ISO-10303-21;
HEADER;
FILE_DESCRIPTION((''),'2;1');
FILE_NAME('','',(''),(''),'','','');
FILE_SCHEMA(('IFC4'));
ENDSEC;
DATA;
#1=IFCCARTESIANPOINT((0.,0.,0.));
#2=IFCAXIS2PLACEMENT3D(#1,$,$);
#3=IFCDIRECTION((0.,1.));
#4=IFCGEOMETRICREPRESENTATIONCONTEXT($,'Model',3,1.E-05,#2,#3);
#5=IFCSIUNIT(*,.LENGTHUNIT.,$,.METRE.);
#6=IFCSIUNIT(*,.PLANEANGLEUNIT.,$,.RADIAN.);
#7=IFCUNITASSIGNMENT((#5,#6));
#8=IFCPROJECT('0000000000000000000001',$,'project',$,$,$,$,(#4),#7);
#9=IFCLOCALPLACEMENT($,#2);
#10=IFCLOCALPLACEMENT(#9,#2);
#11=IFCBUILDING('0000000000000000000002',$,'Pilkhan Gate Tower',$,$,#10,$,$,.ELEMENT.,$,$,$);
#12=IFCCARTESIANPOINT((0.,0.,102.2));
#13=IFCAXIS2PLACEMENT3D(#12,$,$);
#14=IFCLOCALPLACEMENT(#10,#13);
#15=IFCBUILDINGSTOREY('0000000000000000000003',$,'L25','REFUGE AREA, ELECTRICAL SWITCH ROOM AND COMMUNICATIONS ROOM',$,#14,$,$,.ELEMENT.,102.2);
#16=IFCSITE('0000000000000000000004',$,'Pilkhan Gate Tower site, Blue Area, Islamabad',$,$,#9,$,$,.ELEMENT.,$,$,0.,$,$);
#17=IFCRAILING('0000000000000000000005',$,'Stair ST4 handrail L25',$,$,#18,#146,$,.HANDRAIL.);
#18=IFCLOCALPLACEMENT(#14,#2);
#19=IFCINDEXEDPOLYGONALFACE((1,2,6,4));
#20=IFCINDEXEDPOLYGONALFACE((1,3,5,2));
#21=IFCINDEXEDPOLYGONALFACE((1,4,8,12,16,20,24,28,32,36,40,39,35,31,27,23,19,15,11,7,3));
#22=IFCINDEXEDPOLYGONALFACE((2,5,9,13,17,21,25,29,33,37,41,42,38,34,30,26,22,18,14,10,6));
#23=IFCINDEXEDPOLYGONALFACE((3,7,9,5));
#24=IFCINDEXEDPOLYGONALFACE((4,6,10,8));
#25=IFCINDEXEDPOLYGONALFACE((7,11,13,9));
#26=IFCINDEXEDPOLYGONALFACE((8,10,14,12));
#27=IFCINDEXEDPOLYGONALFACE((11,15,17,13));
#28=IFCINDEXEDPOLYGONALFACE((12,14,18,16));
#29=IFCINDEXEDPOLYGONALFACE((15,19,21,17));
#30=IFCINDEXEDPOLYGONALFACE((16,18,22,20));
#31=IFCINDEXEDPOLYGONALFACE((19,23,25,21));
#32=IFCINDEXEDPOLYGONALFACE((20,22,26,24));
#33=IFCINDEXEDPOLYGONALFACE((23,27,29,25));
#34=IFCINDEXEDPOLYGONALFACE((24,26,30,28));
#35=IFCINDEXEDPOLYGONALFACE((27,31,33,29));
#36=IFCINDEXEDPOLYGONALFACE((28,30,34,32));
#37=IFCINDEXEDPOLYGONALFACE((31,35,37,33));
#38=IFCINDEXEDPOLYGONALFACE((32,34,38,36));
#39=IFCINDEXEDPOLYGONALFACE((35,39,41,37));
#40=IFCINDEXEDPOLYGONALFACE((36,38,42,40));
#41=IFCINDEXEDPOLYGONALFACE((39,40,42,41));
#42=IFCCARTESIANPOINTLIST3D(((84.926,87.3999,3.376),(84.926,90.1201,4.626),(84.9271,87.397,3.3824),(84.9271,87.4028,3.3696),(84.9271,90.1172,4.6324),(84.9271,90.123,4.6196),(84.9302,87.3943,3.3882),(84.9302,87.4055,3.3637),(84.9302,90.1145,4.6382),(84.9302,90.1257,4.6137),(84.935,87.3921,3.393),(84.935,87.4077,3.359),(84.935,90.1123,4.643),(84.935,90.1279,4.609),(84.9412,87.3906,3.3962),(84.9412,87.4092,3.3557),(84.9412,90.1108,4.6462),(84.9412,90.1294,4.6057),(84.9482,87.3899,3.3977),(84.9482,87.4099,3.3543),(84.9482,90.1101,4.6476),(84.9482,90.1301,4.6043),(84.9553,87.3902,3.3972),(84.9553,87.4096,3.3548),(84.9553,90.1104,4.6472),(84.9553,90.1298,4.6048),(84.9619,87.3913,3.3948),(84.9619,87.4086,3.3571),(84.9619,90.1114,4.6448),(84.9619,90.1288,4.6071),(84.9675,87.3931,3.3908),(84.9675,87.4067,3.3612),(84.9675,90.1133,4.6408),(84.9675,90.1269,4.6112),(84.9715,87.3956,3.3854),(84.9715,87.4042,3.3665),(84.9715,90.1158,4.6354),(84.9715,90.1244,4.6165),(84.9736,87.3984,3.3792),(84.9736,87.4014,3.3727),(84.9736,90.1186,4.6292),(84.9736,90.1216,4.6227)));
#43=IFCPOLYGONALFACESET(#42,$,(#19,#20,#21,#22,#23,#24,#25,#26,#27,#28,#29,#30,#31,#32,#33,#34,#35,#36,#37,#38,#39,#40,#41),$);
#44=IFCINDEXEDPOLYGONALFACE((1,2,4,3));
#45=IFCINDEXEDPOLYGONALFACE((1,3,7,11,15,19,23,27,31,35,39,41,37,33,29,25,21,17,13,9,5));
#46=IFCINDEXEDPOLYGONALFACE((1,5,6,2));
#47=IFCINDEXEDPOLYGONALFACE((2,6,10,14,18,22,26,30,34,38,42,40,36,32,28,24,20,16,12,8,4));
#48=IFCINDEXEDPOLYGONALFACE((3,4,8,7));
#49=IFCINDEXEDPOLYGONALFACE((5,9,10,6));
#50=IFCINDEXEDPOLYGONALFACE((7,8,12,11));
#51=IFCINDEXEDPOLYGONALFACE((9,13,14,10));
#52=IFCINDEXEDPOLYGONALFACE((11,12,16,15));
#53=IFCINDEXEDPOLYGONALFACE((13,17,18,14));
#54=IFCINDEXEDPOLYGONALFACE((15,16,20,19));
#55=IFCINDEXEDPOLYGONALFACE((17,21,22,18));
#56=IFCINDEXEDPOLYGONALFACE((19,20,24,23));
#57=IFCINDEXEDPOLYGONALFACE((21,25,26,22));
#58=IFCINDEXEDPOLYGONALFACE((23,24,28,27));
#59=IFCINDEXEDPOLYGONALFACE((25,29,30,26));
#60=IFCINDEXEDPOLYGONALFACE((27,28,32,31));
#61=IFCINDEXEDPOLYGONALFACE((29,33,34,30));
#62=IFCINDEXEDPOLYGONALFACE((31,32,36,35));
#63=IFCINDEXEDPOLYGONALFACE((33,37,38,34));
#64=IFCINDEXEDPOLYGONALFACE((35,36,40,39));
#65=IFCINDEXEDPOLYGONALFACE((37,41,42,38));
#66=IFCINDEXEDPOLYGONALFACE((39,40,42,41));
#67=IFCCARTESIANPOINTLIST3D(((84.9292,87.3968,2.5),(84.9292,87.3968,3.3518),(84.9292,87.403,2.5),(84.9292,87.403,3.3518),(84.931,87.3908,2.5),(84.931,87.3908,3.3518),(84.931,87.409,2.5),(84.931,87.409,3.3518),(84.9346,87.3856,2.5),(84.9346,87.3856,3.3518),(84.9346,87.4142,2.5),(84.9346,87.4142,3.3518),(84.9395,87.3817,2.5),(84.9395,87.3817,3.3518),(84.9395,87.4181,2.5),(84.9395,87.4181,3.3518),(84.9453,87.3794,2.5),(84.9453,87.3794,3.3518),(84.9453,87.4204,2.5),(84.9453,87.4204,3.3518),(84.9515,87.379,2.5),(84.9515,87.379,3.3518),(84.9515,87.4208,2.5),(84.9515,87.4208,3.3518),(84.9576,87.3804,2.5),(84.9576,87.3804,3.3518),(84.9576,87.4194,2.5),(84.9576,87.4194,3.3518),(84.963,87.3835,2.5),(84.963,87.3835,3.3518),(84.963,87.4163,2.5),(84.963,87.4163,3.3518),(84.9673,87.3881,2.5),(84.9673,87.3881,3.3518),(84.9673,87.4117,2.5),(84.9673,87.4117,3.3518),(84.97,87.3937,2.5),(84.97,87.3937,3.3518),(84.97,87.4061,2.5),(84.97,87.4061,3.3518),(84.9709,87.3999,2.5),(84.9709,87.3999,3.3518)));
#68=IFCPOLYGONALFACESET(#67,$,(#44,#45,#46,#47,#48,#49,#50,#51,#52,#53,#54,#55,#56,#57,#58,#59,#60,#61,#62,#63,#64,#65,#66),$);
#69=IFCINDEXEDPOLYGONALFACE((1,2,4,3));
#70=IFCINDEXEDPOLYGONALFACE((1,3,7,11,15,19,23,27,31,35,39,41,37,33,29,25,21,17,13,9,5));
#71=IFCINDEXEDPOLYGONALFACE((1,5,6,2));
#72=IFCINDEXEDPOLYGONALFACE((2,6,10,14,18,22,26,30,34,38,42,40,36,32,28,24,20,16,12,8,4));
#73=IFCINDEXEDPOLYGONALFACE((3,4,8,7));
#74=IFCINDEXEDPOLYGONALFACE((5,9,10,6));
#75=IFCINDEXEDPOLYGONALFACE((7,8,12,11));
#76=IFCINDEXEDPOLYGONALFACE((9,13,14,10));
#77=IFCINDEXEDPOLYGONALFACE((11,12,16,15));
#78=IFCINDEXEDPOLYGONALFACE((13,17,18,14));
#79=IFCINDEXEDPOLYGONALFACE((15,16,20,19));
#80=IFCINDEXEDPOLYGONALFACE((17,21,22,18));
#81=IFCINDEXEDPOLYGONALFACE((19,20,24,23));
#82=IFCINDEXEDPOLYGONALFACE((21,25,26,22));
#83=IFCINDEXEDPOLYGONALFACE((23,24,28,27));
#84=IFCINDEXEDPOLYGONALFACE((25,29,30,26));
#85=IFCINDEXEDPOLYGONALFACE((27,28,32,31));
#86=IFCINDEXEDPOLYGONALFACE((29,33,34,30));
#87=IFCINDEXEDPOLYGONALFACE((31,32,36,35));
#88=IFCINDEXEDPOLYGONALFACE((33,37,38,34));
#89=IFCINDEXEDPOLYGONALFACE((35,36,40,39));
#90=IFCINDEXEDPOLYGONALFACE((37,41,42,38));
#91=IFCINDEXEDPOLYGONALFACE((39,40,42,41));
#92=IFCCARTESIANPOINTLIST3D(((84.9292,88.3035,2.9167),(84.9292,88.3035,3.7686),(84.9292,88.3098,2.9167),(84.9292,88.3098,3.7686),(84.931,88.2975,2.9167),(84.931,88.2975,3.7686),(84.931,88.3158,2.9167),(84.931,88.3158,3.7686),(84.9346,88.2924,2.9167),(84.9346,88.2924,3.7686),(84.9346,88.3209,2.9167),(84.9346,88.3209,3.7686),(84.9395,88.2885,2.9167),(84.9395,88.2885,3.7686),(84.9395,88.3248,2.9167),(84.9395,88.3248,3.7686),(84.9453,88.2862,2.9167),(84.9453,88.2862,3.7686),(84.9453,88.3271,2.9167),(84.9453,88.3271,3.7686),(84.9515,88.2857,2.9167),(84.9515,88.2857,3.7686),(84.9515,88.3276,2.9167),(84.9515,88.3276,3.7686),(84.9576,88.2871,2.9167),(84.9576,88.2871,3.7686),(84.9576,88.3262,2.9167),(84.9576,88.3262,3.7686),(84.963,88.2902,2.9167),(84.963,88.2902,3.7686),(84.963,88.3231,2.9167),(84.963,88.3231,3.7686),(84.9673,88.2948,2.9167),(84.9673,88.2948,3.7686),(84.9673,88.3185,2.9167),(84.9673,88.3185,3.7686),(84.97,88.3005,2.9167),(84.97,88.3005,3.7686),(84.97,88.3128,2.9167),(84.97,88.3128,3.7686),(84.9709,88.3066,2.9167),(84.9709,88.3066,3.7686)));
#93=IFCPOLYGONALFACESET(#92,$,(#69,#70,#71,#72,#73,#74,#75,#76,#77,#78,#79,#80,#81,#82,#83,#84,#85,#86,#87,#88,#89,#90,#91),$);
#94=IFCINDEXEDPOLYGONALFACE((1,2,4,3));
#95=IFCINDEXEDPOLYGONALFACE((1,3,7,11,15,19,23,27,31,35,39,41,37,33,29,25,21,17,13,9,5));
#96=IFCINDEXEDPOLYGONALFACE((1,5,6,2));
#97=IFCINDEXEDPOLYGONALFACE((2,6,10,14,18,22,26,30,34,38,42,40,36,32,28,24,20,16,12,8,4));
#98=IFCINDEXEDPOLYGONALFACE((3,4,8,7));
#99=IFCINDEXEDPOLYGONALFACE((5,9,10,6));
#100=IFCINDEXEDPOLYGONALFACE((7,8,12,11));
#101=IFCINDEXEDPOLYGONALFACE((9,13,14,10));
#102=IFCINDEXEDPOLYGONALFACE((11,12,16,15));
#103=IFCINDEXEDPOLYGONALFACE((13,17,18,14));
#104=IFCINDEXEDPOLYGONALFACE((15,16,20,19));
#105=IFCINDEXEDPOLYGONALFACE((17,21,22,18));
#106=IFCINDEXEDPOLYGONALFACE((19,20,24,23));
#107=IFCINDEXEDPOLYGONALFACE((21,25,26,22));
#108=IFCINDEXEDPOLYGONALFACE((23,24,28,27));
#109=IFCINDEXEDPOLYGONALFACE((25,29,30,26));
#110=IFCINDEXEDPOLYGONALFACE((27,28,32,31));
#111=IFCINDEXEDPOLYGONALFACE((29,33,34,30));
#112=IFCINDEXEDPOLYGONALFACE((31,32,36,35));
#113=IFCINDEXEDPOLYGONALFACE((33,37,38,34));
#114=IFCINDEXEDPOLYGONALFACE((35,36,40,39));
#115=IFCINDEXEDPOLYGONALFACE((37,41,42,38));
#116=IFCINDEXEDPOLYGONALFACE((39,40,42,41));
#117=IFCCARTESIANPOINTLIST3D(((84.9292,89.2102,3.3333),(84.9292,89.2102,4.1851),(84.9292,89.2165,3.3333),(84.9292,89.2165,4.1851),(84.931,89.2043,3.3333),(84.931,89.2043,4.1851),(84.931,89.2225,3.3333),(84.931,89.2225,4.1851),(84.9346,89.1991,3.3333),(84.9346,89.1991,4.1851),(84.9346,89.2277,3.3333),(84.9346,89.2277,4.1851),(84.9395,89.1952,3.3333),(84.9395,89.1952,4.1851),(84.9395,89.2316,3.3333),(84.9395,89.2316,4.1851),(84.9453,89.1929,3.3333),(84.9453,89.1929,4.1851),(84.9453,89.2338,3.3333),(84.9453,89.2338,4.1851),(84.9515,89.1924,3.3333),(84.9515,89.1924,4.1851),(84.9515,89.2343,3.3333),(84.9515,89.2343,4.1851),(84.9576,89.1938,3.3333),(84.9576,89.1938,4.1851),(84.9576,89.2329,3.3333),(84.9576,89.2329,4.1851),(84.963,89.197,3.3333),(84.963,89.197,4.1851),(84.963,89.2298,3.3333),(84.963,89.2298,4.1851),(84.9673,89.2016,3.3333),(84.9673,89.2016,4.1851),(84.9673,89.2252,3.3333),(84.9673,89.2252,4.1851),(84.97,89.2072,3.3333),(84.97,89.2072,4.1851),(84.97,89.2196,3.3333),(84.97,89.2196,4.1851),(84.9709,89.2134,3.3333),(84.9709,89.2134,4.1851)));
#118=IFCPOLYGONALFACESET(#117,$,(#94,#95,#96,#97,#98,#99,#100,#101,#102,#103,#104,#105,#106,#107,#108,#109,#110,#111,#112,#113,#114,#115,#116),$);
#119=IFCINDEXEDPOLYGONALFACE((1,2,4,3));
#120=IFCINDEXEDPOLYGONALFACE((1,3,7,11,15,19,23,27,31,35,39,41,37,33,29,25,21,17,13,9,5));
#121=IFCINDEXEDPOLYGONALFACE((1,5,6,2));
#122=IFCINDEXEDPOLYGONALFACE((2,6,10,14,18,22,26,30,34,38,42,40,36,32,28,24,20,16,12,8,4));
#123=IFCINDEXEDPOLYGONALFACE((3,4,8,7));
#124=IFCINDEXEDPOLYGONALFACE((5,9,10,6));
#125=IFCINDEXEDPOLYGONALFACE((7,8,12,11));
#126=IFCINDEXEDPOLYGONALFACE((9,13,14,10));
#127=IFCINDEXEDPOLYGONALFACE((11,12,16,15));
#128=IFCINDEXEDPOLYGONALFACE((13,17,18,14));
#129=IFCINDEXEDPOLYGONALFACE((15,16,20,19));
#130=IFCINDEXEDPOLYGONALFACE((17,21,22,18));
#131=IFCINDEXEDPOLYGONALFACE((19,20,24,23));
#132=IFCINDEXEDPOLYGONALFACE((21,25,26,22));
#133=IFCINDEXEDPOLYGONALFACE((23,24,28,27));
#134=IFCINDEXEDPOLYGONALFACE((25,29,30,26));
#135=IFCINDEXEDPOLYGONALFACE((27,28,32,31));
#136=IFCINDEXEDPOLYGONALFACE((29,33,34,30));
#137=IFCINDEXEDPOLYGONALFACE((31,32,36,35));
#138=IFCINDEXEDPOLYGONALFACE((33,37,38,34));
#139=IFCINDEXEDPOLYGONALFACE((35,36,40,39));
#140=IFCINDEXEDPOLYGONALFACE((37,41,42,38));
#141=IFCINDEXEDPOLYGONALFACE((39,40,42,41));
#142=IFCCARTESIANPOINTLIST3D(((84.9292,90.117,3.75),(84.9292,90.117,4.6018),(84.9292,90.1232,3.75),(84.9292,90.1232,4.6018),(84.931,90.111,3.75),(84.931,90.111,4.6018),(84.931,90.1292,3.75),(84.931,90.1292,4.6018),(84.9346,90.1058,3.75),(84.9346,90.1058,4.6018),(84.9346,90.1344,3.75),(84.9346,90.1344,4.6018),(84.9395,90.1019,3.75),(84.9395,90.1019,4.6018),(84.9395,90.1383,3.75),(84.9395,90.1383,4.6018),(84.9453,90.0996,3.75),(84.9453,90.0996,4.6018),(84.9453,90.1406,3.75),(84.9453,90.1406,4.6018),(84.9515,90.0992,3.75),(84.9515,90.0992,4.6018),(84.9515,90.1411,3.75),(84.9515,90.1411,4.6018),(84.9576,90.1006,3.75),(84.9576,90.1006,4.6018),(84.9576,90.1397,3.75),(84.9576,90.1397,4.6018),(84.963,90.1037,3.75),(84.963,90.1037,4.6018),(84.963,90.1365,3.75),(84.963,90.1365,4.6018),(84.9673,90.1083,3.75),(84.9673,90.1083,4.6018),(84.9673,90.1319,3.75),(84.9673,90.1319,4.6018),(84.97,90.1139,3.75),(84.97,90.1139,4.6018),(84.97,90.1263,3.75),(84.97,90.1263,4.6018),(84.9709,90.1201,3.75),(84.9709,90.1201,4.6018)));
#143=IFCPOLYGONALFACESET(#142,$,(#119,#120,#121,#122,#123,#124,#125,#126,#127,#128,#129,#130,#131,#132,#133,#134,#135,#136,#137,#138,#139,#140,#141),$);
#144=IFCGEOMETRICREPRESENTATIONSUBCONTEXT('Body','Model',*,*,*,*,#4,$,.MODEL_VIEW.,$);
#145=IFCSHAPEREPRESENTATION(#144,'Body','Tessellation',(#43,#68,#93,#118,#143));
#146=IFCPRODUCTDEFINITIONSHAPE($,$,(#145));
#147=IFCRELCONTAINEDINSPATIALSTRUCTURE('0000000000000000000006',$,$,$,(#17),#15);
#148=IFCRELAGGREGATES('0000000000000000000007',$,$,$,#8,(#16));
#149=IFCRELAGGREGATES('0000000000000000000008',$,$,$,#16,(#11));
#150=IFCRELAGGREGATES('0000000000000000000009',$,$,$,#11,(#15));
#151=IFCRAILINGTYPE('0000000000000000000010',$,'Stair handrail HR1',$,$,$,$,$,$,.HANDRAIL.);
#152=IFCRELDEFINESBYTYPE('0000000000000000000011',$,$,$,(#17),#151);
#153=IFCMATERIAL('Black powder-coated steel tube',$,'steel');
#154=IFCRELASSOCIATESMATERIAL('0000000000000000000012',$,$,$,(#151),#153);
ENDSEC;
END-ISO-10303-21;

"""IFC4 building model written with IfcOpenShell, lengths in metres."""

from ifc_helpers import new_model, si_unit, direction, frame, origin, origin_2d, place, context, subcontext, project, spatial, circle, extrude, material, type_object, element, save


model = new_model("IFC4")

# Units and contexts
model_context = context("Model", 3, precision=1e-05, world=origin(), true_north=direction((0.0, 1.0)))
body_context = subcontext(model_context, "Body", "Model", "MODEL_VIEW")
ifc_project = project(units=[si_unit("LENGTHUNIT", "METRE"), si_unit("PLANEANGLEUNIT", "RADIAN")], contexts=[model_context])

# Site, building, storey
site_placement = place(None, origin())
site = spatial("IfcSite", under=ifc_project, at=site_placement, Name="Pilkhan Gate Tower site, Blue Area, Islamabad", CompositionType="ELEMENT", RefElevation=0.0)
building_placement = place(site_placement, origin())
building = spatial("IfcBuilding", under=site, at=building_placement, Name="Pilkhan Gate Tower", CompositionType="ELEMENT")
storey_placement = place(building_placement, frame((0.0, 0.0, 102.2)))
storey = spatial("IfcBuildingStorey", under=building, at=storey_placement, Name="L25", Description="REFUGE AREA, ELECTRICAL SWITCH ROOM AND COMMUNICATIONS ROOM", CompositionType="ELEMENT", Elevation=102.2)

# Railing
ifc_material_1 = material(Name="Black powder-coated steel tube", Category="steel")
railing_type_1 = type_object("IfcRailingType", Name="Stair handrail HR1", PredefinedType="HANDRAIL", material=ifc_material_1)
railing_1_placement = place(storey_placement, frame((84.95, 87.3999, 2.5)))
element("IfcRailing", 1, at=railing_1_placement, inside=storey, type_object=railing_type_1, Name="Stair ST4 handrail L25", PredefinedType="HANDRAIL", context=body_context, shape_type="SweptSolid", body=[
    extrude(circle(Radius=0.0239, at=origin_2d()), frame((0.0, 0.0, 0.876), z_axis=(0.0, 0.908655, 0.417547), x_axis=(-1.0, 0.0, 0.0)), (0.0, 0.0, 1.0), 2.9937),
    extrude(circle(Radius=0.021, at=origin_2d()), origin(), (0.0, 0.0, 1.0), 0.8518),
    extrude(circle(Radius=0.021, at=origin_2d()), frame((0.0, 0.9067, 0.4167)), (0.0, 0.0, 1.0), 0.8518),
    extrude(circle(Radius=0.021, at=origin_2d()), frame((0.0, 1.8135, 0.8333)), (0.0, 0.0, 1.0), 0.8518),
    extrude(circle(Radius=0.021, at=origin_2d()), frame((0.0, 2.7202, 1.25)), (0.0, 0.0, 1.0), 0.8518),
])

save(model, "model.ifc")
